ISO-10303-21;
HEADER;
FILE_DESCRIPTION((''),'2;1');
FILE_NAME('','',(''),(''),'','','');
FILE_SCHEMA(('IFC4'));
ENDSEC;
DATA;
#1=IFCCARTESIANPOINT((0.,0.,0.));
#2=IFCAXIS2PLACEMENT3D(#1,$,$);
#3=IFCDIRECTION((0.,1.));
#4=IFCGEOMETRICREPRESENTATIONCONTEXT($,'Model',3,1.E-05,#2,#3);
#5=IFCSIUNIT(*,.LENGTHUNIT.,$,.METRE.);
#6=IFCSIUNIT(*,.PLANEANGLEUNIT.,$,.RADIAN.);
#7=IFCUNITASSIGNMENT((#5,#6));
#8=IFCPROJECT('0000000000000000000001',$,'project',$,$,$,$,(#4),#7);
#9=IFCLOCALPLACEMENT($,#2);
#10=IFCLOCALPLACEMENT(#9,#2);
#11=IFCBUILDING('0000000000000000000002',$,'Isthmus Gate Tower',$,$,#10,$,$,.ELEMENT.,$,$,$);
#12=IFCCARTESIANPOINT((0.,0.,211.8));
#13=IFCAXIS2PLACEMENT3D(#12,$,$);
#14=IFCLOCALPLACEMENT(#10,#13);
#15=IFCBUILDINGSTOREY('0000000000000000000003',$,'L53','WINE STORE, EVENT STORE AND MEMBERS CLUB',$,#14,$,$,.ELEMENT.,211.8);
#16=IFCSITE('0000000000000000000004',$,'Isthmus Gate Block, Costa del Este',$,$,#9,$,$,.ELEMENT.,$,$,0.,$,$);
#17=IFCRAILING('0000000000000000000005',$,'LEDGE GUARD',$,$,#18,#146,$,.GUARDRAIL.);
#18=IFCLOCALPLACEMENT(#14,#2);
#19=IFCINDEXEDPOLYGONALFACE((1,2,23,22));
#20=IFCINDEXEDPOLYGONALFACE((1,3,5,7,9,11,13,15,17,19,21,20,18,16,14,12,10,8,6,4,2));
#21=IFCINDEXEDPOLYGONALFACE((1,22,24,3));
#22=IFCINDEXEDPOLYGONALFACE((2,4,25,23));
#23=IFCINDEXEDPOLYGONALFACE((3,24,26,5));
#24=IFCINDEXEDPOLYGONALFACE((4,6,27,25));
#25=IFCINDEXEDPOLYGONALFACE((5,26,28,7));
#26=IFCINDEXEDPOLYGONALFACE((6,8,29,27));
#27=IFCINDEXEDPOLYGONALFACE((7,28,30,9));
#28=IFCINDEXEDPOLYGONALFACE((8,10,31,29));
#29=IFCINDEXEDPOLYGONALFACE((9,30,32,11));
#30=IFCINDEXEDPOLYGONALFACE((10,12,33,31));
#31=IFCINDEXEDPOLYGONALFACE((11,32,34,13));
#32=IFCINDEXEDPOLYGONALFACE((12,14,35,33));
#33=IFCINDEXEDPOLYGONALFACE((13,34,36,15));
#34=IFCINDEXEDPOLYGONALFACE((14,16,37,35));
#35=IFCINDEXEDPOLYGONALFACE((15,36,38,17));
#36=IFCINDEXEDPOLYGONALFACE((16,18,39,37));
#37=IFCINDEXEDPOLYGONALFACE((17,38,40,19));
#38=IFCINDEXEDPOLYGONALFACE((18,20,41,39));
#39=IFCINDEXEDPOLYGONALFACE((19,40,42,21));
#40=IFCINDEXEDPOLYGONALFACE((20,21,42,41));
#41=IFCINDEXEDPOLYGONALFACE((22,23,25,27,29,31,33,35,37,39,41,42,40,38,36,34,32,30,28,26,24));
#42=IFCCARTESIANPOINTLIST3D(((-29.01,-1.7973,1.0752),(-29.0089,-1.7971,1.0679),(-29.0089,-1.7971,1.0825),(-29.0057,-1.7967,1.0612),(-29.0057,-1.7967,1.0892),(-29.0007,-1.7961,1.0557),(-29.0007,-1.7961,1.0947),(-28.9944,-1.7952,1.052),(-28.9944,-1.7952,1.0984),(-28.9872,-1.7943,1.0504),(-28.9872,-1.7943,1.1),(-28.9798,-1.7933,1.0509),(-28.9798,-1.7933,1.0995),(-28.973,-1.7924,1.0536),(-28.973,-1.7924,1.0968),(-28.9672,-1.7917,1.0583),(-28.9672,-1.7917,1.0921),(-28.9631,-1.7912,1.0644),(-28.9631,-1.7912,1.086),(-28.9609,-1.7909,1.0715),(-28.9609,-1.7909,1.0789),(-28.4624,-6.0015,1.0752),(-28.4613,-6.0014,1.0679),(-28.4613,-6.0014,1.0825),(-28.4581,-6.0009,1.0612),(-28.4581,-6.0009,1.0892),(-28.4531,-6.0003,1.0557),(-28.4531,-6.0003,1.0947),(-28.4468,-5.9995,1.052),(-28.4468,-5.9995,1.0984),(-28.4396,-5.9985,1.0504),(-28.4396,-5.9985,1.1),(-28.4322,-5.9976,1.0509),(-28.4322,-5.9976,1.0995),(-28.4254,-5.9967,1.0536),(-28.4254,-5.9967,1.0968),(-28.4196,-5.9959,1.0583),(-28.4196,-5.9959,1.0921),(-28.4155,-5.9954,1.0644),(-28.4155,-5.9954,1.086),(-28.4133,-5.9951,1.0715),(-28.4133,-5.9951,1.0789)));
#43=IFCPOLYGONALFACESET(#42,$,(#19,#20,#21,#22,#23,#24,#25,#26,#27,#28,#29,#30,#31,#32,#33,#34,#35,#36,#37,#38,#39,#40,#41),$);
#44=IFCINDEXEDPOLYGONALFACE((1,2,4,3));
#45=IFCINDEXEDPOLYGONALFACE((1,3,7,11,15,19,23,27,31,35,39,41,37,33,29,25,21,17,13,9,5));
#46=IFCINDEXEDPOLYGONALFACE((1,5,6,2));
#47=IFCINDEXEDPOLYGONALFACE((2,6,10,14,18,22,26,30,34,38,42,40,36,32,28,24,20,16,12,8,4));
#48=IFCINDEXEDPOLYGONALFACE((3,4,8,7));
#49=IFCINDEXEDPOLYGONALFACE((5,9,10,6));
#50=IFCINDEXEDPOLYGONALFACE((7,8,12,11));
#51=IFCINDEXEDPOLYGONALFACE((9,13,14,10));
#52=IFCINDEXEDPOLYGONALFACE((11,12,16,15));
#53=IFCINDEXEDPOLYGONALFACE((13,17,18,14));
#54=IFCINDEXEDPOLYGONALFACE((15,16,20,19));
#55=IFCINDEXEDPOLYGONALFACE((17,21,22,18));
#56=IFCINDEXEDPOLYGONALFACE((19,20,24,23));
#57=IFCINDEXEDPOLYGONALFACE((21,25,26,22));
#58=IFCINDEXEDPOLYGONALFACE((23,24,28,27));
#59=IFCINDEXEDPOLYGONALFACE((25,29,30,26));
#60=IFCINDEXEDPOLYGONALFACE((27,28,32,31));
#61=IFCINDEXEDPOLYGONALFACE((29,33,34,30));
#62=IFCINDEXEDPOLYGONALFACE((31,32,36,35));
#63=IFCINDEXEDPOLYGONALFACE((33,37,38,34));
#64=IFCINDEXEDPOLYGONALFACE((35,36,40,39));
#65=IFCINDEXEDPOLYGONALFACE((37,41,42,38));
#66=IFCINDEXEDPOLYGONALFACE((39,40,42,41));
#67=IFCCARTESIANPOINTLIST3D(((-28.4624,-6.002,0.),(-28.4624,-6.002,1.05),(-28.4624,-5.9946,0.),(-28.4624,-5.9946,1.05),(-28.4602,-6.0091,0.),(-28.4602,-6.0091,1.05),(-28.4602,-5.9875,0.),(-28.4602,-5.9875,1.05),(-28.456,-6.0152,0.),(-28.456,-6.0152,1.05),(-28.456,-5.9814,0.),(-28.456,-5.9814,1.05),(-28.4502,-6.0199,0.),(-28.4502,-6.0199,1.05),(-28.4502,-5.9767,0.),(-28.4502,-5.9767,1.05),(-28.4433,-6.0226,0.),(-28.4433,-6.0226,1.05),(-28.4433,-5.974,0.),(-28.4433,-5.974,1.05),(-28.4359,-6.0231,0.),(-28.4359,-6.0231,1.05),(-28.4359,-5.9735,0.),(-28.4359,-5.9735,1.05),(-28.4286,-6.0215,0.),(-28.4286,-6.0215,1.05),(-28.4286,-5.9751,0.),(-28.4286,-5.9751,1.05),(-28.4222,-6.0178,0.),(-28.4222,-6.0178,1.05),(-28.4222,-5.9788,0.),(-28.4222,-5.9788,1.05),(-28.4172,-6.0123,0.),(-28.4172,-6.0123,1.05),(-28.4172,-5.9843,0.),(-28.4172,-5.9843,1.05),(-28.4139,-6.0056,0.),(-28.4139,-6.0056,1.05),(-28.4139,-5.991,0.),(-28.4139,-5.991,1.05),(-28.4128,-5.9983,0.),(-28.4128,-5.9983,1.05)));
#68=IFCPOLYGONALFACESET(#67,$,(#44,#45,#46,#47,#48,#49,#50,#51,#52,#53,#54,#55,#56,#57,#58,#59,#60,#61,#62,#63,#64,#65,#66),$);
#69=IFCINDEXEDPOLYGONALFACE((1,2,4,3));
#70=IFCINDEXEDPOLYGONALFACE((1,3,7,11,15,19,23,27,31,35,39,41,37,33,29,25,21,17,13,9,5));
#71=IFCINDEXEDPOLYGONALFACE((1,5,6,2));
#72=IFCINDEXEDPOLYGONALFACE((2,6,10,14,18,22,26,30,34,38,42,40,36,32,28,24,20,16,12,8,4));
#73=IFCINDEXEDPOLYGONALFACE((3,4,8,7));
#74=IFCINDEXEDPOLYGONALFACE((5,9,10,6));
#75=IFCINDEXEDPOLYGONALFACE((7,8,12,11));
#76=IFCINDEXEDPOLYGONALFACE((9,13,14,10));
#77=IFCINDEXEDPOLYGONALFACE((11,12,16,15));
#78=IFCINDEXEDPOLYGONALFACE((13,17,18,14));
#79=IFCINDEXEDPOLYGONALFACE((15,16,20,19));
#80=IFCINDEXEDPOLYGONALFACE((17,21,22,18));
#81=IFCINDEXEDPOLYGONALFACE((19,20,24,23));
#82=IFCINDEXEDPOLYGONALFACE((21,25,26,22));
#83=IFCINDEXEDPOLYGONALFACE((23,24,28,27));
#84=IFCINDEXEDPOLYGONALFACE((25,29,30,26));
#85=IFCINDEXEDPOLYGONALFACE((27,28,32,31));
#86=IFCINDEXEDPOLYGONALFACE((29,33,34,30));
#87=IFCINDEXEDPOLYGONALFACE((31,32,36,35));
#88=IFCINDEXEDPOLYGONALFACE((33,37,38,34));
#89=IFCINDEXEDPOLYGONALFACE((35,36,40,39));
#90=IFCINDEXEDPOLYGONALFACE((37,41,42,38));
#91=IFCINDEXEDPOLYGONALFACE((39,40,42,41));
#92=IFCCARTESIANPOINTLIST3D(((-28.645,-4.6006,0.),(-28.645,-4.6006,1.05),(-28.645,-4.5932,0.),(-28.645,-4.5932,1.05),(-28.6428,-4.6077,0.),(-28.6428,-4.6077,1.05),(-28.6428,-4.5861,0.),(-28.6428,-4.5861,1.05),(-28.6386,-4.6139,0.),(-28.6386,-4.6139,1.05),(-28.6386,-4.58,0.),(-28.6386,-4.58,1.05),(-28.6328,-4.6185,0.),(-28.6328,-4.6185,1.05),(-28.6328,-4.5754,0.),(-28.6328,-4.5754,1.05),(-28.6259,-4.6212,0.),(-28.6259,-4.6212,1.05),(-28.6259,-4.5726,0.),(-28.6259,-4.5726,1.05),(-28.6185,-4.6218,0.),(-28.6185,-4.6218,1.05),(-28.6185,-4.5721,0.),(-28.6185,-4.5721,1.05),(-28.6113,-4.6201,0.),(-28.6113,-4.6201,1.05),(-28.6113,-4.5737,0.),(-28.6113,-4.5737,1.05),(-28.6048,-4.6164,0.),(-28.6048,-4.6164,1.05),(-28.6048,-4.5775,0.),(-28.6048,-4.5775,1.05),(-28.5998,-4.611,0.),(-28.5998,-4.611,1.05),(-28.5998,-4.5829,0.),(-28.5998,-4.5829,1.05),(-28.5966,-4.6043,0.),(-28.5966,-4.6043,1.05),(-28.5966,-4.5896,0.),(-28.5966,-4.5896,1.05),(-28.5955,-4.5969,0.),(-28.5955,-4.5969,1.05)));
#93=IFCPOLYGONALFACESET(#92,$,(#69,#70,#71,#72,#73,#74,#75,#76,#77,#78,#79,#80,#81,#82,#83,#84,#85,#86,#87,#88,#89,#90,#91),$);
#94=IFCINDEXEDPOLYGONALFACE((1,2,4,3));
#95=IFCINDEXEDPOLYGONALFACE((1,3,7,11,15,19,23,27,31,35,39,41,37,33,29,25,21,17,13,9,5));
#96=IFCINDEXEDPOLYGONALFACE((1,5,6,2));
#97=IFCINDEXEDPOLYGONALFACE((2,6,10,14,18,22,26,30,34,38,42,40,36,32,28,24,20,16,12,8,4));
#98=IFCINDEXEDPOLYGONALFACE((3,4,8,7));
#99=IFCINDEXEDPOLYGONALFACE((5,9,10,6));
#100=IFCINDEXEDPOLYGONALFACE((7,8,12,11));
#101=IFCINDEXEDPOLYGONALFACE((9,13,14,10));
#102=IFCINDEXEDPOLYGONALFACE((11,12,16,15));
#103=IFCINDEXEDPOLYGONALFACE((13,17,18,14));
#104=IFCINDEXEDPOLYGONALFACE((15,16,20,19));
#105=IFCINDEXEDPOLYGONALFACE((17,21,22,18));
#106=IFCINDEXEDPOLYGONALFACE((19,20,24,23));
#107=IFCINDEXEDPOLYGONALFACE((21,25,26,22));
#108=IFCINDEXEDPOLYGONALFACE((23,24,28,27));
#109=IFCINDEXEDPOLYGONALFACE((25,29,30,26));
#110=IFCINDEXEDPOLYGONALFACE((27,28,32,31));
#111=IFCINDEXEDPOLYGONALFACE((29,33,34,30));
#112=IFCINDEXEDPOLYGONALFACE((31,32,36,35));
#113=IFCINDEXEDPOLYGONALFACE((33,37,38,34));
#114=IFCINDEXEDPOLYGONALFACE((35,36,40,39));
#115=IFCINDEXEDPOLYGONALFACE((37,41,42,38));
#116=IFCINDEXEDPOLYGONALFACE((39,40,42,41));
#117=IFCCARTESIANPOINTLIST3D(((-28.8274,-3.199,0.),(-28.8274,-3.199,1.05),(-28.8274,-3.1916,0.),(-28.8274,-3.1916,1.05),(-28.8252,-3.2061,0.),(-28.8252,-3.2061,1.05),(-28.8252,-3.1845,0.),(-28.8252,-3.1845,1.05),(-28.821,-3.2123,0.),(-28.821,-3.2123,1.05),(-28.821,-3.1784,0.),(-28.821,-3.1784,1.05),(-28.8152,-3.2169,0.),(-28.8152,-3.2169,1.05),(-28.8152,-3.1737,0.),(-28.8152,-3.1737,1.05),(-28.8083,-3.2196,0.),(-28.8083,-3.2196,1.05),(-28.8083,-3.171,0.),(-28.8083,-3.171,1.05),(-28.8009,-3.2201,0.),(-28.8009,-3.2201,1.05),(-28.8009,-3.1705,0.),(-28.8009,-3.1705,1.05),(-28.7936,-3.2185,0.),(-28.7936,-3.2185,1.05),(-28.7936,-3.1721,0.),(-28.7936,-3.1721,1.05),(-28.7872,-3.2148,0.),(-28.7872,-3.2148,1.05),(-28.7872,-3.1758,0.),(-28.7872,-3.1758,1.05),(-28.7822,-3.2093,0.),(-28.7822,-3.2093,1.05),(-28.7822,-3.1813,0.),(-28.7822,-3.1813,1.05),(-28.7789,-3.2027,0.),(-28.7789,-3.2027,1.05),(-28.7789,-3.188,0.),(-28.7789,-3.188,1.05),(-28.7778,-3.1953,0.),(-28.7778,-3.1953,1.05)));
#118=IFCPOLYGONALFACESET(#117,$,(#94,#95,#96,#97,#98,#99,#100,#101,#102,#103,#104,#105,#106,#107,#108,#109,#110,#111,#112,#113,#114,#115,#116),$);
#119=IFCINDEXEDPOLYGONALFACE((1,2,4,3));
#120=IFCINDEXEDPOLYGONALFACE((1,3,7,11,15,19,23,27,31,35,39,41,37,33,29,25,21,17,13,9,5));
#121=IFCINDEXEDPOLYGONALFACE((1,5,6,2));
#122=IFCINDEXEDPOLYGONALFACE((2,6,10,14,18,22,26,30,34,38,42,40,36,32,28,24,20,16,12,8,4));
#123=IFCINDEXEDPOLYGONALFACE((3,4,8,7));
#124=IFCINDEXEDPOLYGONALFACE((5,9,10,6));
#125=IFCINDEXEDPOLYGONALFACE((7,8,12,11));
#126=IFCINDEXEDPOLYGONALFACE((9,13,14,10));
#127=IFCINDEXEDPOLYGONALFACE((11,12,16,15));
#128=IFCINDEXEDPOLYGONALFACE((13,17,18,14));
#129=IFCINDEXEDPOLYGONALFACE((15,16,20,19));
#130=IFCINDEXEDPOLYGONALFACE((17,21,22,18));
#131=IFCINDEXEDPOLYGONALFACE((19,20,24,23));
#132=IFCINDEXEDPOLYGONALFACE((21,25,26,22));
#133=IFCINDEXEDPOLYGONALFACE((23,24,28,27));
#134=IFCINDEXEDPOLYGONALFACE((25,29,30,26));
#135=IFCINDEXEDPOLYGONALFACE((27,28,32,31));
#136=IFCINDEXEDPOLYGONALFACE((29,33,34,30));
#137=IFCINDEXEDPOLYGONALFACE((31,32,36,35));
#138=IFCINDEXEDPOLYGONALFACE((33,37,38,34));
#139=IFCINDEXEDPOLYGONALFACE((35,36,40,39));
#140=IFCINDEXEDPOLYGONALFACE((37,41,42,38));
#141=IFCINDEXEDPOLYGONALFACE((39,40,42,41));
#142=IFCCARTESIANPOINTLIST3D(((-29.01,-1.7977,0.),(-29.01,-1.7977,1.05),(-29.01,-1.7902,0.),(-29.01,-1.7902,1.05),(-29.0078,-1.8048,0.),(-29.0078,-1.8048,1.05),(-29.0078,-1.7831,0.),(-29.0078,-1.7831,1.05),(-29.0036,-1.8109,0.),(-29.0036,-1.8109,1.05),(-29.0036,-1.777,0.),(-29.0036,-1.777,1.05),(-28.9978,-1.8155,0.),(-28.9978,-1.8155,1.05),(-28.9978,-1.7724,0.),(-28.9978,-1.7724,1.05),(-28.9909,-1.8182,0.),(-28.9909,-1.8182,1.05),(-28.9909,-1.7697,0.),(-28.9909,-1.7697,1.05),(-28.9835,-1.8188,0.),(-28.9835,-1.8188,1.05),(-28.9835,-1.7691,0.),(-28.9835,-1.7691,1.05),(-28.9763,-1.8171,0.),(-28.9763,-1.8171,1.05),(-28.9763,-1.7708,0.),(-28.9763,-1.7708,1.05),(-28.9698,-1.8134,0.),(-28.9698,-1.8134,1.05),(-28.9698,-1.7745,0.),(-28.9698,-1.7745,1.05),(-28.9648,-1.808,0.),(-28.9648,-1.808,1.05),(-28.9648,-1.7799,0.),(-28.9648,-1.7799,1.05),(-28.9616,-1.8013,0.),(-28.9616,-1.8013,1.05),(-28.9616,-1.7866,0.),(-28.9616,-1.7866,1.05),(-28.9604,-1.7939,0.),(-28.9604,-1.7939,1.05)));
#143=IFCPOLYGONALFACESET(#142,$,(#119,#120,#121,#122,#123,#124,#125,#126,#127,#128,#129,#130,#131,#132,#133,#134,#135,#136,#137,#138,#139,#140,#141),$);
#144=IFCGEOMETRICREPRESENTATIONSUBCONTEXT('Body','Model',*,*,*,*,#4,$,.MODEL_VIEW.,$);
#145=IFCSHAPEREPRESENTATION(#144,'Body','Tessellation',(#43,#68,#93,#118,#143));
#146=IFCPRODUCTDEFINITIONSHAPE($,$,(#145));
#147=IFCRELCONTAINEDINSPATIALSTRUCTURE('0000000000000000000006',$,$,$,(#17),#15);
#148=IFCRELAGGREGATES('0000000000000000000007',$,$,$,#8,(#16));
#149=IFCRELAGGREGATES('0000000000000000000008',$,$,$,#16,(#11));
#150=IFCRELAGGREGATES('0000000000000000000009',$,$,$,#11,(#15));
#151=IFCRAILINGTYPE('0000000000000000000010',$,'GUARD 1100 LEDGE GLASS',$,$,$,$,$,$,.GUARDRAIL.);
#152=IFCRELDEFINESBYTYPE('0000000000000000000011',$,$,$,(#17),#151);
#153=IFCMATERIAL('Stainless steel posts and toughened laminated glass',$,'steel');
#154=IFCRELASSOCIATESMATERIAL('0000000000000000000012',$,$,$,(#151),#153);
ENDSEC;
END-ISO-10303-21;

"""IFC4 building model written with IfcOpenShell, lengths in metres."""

from ifc_helpers import new_model, si_unit, direction, frame, origin, origin_2d, place, context, subcontext, project, spatial, circle, extrude, material, type_object, element, save


model = new_model("IFC4")

# Units and contexts
model_context = context("Model", 3, precision=1e-05, world=origin(), true_north=direction((0.0, 1.0)))
body_context = subcontext(model_context, "Body", "Model", "MODEL_VIEW")
ifc_project = project(units=[si_unit("LENGTHUNIT", "METRE"), si_unit("PLANEANGLEUNIT", "RADIAN")], contexts=[model_context])

# Site, building, storey
site_placement = place(None, origin())
site = spatial("IfcSite", under=ifc_project, at=site_placement, Name="Isthmus Gate Block, Costa del Este", CompositionType="ELEMENT", RefElevation=0.0)
building_placement = place(site_placement, origin())
building = spatial("IfcBuilding", under=site, at=building_placement, Name="Isthmus Gate Tower", CompositionType="ELEMENT")
storey_placement = place(building_placement, frame((0.0, 0.0, 211.8)))
storey = spatial("IfcBuildingStorey", under=building, at=storey_placement, Name="L53", Description="WINE STORE, EVENT STORE AND MEMBERS CLUB", CompositionType="ELEMENT", Elevation=211.8)

# Railing
ifc_material_1 = material(Name="Stainless steel posts and toughened laminated glass", Category="steel")
railing_type = type_object("IfcRailingType", Name="GUARD 1100 LEDGE GLASS", PredefinedType="GUARDRAIL", material=ifc_material_1)
railing_1_placement = place(storey_placement, frame((-28.4377, -5.9983, 0.0)))
element("IfcRailing", 1, at=railing_1_placement, inside=storey, type_object=railing_type, Name="LEDGE GUARD", PredefinedType="GUARDRAIL", context=body_context, shape_type="SweptSolid", body=[
    extrude(circle(Radius=0.0249, at=origin_2d()), frame((0.0, 0.0, 1.0752), z_axis=(-0.129157, 0.991624, 0.0), x_axis=(-0.991624, -0.129157, 0.0)), (0.0, 0.0, 1.0), 4.2397),
    extrude(circle(Radius=0.0249, at=origin_2d()), origin(), (0.0, 0.0, 1.0), 1.05),
    extrude(circle(Radius=0.0249, at=origin_2d()), frame((-0.1826, 1.4014, 0.0)), (0.0, 0.0, 1.0), 1.05),
    extrude(circle(Radius=0.0249, at=origin_2d()), frame((-0.365, 2.803, 0.0)), (0.0, 0.0, 1.0), 1.05),
    extrude(circle(Radius=0.0249, at=origin_2d()), frame((-0.5476, 4.2043, 0.0)), (0.0, 0.0, 1.0), 1.05),
])

save(model, "model.ifc")
